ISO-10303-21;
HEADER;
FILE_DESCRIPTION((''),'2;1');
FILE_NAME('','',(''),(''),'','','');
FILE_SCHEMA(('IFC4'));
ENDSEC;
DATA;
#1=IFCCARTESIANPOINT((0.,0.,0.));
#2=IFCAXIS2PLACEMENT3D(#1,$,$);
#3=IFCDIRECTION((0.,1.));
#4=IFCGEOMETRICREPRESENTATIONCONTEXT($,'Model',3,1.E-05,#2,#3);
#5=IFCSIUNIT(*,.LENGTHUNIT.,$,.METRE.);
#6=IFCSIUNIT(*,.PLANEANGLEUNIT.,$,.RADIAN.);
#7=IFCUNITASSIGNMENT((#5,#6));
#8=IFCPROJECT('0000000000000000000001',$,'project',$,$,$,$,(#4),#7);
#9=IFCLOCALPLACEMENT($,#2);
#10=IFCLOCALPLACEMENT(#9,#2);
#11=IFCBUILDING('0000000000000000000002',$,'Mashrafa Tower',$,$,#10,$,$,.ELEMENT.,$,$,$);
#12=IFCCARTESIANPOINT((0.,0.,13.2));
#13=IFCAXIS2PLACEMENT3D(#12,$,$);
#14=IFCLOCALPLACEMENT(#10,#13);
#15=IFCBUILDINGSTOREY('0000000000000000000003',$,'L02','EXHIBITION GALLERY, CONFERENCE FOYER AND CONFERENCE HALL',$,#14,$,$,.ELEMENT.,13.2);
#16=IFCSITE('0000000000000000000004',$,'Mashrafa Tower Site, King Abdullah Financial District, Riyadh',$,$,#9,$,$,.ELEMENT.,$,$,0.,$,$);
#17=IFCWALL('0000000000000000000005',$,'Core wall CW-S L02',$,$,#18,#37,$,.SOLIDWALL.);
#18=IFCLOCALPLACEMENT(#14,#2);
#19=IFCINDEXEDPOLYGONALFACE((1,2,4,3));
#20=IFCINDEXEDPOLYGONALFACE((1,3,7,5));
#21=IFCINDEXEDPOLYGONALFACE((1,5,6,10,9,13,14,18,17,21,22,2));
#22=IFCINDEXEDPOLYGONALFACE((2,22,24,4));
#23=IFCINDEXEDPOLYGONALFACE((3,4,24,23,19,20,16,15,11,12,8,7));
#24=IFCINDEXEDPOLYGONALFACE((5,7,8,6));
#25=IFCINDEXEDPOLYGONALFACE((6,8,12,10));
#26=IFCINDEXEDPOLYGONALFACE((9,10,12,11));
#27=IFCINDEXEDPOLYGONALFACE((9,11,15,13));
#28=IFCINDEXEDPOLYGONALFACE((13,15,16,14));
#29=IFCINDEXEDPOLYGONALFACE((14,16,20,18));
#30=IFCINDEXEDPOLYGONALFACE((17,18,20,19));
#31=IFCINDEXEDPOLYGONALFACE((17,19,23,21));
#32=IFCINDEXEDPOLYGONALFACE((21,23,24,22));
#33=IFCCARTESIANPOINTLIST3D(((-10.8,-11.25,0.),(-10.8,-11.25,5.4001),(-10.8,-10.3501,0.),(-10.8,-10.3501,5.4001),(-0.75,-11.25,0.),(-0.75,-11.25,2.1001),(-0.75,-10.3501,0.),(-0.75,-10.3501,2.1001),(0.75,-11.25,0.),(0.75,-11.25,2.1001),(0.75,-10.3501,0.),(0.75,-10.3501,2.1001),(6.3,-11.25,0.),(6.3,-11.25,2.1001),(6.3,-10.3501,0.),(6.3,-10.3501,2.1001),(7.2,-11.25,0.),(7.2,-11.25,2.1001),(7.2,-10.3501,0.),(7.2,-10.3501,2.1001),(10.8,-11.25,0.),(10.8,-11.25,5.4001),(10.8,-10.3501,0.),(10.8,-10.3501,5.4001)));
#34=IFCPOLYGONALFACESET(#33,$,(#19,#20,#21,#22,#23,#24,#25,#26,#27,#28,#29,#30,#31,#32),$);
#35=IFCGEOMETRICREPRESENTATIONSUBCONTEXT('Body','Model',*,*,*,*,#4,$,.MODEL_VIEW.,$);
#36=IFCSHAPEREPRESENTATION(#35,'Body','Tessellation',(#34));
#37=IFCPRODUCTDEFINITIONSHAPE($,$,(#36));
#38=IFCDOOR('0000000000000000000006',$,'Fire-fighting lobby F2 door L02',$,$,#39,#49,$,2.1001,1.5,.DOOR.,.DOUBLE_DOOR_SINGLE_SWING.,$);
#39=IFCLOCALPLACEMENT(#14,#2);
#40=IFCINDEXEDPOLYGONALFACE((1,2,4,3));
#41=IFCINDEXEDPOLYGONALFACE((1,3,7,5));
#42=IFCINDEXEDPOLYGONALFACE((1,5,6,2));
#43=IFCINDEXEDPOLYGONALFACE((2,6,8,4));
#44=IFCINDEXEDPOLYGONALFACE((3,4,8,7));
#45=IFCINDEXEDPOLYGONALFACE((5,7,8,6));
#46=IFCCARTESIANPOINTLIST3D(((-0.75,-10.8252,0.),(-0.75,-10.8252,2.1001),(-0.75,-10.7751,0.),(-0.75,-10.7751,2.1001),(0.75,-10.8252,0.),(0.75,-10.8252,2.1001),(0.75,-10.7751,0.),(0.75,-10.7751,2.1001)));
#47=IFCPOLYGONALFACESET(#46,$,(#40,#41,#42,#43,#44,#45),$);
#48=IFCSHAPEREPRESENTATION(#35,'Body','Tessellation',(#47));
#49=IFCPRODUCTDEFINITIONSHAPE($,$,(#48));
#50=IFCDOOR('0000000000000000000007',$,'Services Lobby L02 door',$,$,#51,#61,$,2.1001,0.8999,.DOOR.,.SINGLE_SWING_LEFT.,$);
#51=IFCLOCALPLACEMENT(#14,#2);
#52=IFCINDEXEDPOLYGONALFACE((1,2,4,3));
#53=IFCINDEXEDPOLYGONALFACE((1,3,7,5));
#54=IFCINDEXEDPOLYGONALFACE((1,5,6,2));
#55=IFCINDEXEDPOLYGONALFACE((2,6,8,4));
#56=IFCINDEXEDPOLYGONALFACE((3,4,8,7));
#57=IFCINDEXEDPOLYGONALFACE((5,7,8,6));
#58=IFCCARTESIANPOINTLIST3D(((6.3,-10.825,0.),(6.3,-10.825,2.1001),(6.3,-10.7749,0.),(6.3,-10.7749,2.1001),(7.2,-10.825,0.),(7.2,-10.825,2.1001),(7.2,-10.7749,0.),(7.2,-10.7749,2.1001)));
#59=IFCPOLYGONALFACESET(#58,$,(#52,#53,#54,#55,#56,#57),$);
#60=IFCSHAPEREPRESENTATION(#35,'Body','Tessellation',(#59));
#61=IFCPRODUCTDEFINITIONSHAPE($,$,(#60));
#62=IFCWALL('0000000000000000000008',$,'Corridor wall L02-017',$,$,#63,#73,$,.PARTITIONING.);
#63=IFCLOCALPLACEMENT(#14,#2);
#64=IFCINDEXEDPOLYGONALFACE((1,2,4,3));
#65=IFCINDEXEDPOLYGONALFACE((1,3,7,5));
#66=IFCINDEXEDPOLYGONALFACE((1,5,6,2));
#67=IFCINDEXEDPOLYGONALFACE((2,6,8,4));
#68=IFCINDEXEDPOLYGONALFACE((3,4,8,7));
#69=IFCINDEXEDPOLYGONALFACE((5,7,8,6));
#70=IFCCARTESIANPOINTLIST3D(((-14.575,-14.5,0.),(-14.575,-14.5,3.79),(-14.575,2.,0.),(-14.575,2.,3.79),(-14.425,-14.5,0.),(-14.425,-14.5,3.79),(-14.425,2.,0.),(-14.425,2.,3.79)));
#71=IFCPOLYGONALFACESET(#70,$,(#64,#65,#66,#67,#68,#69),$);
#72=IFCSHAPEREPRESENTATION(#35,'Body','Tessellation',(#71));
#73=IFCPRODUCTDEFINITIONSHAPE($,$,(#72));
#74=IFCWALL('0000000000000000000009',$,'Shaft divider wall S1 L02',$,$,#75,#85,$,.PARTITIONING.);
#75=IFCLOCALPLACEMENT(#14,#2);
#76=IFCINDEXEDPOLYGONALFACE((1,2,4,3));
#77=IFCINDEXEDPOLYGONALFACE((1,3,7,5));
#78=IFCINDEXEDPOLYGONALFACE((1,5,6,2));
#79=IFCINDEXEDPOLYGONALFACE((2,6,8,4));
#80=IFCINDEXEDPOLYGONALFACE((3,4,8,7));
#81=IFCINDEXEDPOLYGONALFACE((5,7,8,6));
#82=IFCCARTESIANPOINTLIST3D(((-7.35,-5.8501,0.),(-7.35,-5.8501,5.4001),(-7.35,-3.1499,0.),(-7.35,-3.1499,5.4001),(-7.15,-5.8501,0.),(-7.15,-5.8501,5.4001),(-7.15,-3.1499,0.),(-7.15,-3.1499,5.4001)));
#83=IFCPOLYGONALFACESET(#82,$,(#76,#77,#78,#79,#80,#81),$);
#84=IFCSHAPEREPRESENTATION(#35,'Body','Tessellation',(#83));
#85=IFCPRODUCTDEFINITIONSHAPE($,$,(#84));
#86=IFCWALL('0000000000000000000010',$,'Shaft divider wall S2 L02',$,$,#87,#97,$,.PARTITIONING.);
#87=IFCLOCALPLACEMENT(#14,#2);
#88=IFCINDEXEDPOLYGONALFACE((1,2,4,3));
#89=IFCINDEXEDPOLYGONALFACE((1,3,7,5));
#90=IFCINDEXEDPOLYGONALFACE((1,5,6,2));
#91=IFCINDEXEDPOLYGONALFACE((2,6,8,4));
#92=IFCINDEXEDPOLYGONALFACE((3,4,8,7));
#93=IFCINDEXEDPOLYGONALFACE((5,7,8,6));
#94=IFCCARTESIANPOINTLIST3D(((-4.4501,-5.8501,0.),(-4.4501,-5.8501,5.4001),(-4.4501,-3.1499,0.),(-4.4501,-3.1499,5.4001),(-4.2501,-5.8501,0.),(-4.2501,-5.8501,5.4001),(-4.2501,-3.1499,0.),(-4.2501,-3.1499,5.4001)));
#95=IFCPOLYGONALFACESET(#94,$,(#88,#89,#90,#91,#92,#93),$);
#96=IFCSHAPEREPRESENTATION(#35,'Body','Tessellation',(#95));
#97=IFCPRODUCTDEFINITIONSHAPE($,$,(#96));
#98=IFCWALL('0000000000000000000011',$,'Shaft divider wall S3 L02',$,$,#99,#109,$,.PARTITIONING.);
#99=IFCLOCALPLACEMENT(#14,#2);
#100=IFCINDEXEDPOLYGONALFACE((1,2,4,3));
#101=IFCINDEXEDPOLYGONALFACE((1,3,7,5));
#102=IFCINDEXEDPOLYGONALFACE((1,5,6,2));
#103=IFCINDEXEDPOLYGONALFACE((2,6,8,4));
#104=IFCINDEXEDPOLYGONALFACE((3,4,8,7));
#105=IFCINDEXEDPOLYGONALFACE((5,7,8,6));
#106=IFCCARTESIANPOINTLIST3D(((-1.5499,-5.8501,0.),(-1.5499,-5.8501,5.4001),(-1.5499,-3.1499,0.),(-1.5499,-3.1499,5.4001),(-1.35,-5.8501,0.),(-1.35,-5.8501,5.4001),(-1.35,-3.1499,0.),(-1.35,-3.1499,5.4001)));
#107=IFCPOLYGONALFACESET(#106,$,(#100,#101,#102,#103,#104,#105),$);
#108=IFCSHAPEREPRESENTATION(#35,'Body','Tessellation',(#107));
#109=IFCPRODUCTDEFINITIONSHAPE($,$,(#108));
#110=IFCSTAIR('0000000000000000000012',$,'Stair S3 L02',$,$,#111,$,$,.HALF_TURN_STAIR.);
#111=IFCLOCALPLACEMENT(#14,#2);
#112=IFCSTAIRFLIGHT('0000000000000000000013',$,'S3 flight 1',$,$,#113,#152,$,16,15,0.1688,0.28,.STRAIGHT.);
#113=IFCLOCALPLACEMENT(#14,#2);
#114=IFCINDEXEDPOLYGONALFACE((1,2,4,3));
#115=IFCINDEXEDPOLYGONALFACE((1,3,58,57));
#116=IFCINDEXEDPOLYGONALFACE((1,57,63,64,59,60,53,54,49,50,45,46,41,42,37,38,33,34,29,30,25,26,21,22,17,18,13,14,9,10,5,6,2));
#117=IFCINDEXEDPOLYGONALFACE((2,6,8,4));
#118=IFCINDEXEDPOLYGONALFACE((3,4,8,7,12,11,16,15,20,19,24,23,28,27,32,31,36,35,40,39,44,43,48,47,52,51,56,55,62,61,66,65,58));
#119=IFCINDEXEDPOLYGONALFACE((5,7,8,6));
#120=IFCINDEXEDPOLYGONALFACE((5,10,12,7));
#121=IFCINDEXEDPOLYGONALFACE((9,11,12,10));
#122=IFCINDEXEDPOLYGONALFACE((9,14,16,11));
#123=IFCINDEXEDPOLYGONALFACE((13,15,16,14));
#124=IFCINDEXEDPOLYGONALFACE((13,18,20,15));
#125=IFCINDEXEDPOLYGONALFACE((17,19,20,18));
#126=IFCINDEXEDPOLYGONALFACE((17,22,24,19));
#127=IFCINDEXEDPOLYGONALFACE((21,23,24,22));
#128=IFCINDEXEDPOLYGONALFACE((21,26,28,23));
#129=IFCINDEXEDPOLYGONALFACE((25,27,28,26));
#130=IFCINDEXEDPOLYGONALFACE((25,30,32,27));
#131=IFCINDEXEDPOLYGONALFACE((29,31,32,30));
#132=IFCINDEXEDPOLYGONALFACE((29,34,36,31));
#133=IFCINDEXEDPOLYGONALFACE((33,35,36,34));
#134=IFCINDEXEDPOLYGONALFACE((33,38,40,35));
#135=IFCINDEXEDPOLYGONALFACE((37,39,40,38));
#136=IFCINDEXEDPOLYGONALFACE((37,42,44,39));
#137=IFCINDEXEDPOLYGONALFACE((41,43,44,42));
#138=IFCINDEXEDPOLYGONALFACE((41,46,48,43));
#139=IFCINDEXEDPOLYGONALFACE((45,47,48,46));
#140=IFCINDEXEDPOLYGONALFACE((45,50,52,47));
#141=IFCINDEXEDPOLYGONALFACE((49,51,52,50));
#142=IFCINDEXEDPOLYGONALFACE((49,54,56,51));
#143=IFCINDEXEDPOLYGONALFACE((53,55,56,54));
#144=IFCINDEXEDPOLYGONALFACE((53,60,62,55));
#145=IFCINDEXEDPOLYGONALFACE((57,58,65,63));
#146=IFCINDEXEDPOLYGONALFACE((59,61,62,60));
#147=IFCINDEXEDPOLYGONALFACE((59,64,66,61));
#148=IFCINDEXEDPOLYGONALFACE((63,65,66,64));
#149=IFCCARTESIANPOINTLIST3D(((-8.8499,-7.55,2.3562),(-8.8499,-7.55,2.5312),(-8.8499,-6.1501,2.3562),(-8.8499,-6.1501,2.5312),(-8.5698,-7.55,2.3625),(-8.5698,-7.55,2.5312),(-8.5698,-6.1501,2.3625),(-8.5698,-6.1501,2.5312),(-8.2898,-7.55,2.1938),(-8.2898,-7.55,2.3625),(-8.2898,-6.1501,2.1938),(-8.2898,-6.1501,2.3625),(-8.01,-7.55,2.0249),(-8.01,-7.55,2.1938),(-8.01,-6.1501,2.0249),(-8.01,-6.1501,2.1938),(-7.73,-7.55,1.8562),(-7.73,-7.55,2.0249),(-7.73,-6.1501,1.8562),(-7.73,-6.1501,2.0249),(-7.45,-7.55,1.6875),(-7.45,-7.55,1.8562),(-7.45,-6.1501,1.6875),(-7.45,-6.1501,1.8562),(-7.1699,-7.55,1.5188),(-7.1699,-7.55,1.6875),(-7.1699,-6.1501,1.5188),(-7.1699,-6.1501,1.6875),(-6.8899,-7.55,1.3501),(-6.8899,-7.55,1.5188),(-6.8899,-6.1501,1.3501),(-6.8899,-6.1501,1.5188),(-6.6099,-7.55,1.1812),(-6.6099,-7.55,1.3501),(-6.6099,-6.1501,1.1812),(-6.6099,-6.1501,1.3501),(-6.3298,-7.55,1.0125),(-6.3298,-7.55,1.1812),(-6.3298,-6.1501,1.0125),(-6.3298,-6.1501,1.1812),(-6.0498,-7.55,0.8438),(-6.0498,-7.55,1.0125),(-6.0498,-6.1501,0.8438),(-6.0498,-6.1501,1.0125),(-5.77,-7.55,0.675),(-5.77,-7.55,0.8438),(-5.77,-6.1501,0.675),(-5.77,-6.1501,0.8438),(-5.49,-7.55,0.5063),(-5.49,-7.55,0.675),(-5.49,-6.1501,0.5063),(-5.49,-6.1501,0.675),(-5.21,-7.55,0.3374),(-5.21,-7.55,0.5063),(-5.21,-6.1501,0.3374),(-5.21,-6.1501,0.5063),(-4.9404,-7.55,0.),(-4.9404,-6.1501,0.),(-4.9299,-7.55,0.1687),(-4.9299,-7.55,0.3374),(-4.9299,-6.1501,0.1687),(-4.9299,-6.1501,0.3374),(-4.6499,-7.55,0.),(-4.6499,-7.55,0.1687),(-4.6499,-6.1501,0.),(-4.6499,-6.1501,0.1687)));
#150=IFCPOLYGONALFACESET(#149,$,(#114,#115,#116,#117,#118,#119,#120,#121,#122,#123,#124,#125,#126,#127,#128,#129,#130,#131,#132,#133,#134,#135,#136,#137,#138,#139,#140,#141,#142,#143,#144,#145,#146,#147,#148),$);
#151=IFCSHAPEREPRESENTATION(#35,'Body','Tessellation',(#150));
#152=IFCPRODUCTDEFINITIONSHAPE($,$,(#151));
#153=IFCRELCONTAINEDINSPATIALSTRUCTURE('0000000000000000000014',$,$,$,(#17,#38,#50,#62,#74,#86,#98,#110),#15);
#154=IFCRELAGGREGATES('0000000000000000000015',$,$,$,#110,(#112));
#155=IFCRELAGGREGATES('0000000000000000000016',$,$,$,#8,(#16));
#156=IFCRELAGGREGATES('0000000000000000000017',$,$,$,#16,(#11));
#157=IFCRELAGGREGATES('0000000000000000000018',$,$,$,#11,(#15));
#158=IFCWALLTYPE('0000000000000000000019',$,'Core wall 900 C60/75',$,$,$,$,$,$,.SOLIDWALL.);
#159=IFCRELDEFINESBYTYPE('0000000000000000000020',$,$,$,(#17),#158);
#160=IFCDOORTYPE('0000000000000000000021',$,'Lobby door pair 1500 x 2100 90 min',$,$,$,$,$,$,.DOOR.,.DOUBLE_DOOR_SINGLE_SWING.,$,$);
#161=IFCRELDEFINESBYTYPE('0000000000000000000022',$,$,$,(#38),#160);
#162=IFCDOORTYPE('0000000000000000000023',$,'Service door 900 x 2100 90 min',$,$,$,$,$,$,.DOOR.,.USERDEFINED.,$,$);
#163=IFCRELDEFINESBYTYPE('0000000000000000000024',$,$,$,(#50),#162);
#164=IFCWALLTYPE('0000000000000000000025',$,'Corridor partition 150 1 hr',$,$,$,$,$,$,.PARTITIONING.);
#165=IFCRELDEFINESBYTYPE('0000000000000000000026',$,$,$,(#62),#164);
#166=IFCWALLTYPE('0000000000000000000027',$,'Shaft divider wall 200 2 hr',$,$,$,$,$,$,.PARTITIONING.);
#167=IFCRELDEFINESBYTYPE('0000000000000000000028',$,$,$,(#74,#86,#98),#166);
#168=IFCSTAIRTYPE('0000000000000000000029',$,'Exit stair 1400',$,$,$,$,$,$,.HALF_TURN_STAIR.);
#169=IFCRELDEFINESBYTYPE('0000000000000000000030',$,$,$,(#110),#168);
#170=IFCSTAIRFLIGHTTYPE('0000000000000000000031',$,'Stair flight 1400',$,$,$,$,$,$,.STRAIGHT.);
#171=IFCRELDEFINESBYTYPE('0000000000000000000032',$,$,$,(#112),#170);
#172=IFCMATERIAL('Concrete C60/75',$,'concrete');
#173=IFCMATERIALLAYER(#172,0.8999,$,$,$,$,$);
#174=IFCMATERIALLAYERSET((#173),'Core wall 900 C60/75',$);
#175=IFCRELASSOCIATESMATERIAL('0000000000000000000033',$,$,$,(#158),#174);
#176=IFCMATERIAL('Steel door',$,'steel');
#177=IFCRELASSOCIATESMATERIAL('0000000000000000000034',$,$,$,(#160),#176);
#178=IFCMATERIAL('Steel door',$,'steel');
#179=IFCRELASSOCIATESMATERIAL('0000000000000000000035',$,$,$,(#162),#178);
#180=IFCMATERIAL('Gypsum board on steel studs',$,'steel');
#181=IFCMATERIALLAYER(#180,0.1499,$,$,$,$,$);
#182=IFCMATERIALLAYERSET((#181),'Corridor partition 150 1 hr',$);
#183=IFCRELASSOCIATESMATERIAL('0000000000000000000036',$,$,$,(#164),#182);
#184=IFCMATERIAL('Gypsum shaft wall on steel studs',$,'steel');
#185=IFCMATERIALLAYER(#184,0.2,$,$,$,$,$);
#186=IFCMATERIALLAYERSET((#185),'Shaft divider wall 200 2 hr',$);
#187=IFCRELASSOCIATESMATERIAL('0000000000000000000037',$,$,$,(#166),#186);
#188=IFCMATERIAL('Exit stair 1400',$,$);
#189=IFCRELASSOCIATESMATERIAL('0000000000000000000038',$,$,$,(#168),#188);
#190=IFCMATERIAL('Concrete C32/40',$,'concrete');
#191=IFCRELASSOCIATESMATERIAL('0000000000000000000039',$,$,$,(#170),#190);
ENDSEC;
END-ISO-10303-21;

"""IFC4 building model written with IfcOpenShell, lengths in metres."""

from ifc_helpers import new_model, si_unit, direction, frame, frame_2d, origin, place, context, subcontext, project, spatial, polyline, rectangle, outline, extrude, material, layer, layer_set, type_object, element, fill, aggregate, save


model = new_model("IFC4")

# Units and contexts
model_context = context("Model", 3, precision=1e-05, world=origin(), true_north=direction((0.0, 1.0)))
body_context = subcontext(model_context, "Body", "Model", "MODEL_VIEW")
ifc_project = project(units=[si_unit("LENGTHUNIT", "METRE"), si_unit("PLANEANGLEUNIT", "RADIAN")], contexts=[model_context])

# Site, building, storey
site_placement = place(None, origin())
site = spatial("IfcSite", under=ifc_project, at=site_placement, Name="Mashrafa Tower Site, King Abdullah Financial District, Riyadh", CompositionType="ELEMENT", RefElevation=0.0)
building_placement = place(site_placement, origin())
building = spatial("IfcBuilding", under=site, at=building_placement, Name="Mashrafa Tower", CompositionType="ELEMENT")
storey_placement = place(building_placement, frame((0.0, 0.0, 13.2)))
storey = spatial("IfcBuildingStorey", under=building, at=storey_placement, Name="L02", Description="EXHIBITION GALLERY, CONFERENCE FOYER AND CONFERENCE HALL", CompositionType="ELEMENT", Elevation=13.2)

# Wall, openings, doors
ifc_material_1 = material(Name="Concrete C60/75", Category="concrete")
ifc_layer_1 = layer(ifc_material_1, 0.8999)
ifc_layer_set_1 = layer_set([ifc_layer_1], Name="Core wall 900 C60/75")
wall_type_1 = type_object("IfcWallType", Name="Core wall 900 C60/75", PredefinedType="SOLIDWALL", material=ifc_layer_set_1)
wall_1_placement = place(storey_placement, frame((-10.8, -10.8, 0.0), z_axis=(0.0, 0.0, 1.0), x_axis=(1.0, 0.0, 0.0)))
wall_1 = element("IfcWall", 1, at=wall_1_placement, inside=storey, type_object=wall_type_1, Name="Core wall CW-S L02", PredefinedType="SOLIDWALL", context=body_context, shape_type="SweptSolid", body=[
    extrude(rectangle(XDim=21.6001, YDim=0.8999, at=frame_2d((10.8, 0.0))), origin(), (0.0, 0.0, 1.0), 5.4001),
])
opening_1_placement = place(wall_1_placement, frame((10.05, 0.0, 0.0)))
opening_1 = element("IfcOpeningElement", 2, at=opening_1_placement, cuts=wall_1, PredefinedType="OPENING", context=body_context, shape_type="SweptSolid", body=[
    extrude(rectangle(XDim=1.5, YDim=2.1001, at=frame_2d((0.75, 1.05))), frame((0.0, 0.46, 0.0), z_axis=(0.0, -1.0, 0.0), x_axis=(1.0, 0.0, 0.0)), (0.0, 0.0, 1.0), 0.9199),
])
opening_2_placement = place(wall_1_placement, frame((17.1001, 0.0, 0.0)))
opening_2 = element("IfcOpeningElement", 3, at=opening_2_placement, cuts=wall_1, PredefinedType="OPENING", context=body_context, shape_type="SweptSolid", body=[
    extrude(rectangle(XDim=0.8999, YDim=2.1001, at=frame_2d((0.45, 1.05))), frame((0.0, 0.46, 0.0), z_axis=(0.0, -1.0, 0.0), x_axis=(1.0, 0.0, 0.0)), (0.0, 0.0, 1.0), 0.9199),
])
ifc_material_2 = material(Name="Steel door", Category="steel")
door_type_1 = type_object("IfcDoorType", Name="Lobby door pair 1500 x 2100 90 min", OperationType="DOUBLE_DOOR_SINGLE_SWING", PredefinedType="DOOR", material=ifc_material_2)
door_1_placement = place(opening_1_placement, origin())
door_1 = element("IfcDoor", 4, at=door_1_placement, inside=storey, type_object=door_type_1, Name="Fire-fighting lobby F2 door L02", OperationType="DOUBLE_DOOR_SINGLE_SWING", OverallHeight=2.1001, OverallWidth=1.5, PredefinedType="DOOR", context=body_context, shape_type="SweptSolid", body=[
    extrude(rectangle(XDim=1.5, YDim=2.1001, at=frame_2d((0.75, 1.05))), frame((0.0, 0.0249, 0.0), z_axis=(0.0, -1.0, 0.0), x_axis=(1.0, 0.0, 0.0)), (0.0, 0.0, 1.0), 0.05),
])
fill(opening_1, door_1)
ifc_material_3 = material(Name="Steel door", Category="steel")
door_type_2 = type_object("IfcDoorType", Name="Service door 900 x 2100 90 min", OperationType="USERDEFINED", PredefinedType="DOOR", material=ifc_material_3)
door_2_placement = place(opening_2_placement, frame((0.8999, 0.0, 0.0), z_axis=(0.0, 0.0, 1.0), x_axis=(-1.0, 0.0, 0.0)))
door_2 = element("IfcDoor", 5, at=door_2_placement, inside=storey, type_object=door_type_2, Name="Services Lobby L02 door", OperationType="SINGLE_SWING_LEFT", OverallHeight=2.1001, OverallWidth=0.8999, PredefinedType="DOOR", context=body_context, shape_type="SweptSolid", body=[
    extrude(rectangle(XDim=0.8999, YDim=2.1001, at=frame_2d((0.45, 1.05))), frame((0.0, 0.0249, 0.0), z_axis=(0.0, -1.0, 0.0), x_axis=(1.0, 0.0, 0.0)), (0.0, 0.0, 1.0), 0.05),
])
fill(opening_2, door_2)

# Walls
ifc_material_4 = material(Name="Gypsum board on steel studs", Category="steel")
ifc_layer_2 = layer(ifc_material_4, 0.1499)
ifc_layer_set_2 = layer_set([ifc_layer_2], Name="Corridor partition 150 1 hr")
wall_type_2 = type_object("IfcWallType", Name="Corridor partition 150 1 hr", PredefinedType="PARTITIONING", material=ifc_layer_set_2)
wall_2_placement = place(storey_placement, frame((-14.5, -14.5, 0.0), z_axis=(0.0, 0.0, 1.0), x_axis=(0.0, 1.0, 0.0)))
element("IfcWall", 6, at=wall_2_placement, inside=storey, type_object=wall_type_2, Name="Corridor wall L02-017", PredefinedType="PARTITIONING", context=body_context, shape_type="SweptSolid", body=[
    extrude(rectangle(XDim=16.5, YDim=0.1499, at=frame_2d((8.25, 0.0))), origin(), (0.0, 0.0, 1.0), 3.79),
])
ifc_material_5 = material(Name="Gypsum shaft wall on steel studs", Category="steel")
ifc_layer_3 = layer(ifc_material_5, 0.2)
ifc_layer_set_3 = layer_set([ifc_layer_3], Name="Shaft divider wall 200 2 hr")
wall_type_3 = type_object("IfcWallType", Name="Shaft divider wall 200 2 hr", PredefinedType="PARTITIONING", material=ifc_layer_set_3)
for number, where, z_axis, x_axis, name in (
    (7, (-7.25, -5.8501, 0.0), (0.0, 0.0, 1.0), (0.0, 1.0, 0.0), "Shaft divider wall S1 L02"),
    (8, (-4.3501, -5.8501, 0.0), (0.0, 0.0, 1.0), (0.0, 1.0, 0.0), "Shaft divider wall S2 L02"),
    (9, (-1.45, -5.8501, 0.0), (0.0, 0.0, 1.0), (0.0, 1.0, 0.0), "Shaft divider wall S3 L02"),
):
    element("IfcWall", number, at=place(storey_placement, frame(where, z_axis=z_axis, x_axis=x_axis)), inside=storey, type_object=wall_type_3, Name=name, PredefinedType="PARTITIONING", context=body_context, shape_type="SweptSolid", body=[
        extrude(rectangle(XDim=2.7002, YDim=0.2, at=frame_2d((1.3501, 0.0))), origin(), (0.0, 0.0, 1.0), 5.4001),
    ])

# Stair, stair flight
ifc_material_6 = material(Name="Exit stair 1400")
stair_type = type_object("IfcStairType", Name="Exit stair 1400", PredefinedType="HALF_TURN_STAIR", material=ifc_material_6)
stair_placement = place(storey_placement, origin())
stair = element("IfcStair", 10, at=stair_placement, inside=storey, type_object=stair_type, Name="Stair S3 L02", PredefinedType="HALF_TURN_STAIR")
ifc_material_7 = material(Name="Concrete C32/40", Category="concrete")
stair_flight_type = type_object("IfcStairFlightType", Name="Stair flight 1400", PredefinedType="STRAIGHT", material=ifc_material_7)
stair_flight_1_placement = place(storey_placement, frame((-4.6499, -6.8501, 0.0), z_axis=(0.0, 0.0, 1.0), x_axis=(-1.0, 0.0, 0.0)))
stair_flight_1 = element("IfcStairFlight", 11, at=stair_flight_1_placement, type_object=stair_flight_type, Name="S3 flight 1", NumberOfRisers=16, NumberOfTreads=15, PredefinedType="STRAIGHT", RiserHeight=0.1688, TreadLength=0.28, context=body_context, shape_type="SweptSolid", body=[
    extrude(outline(polyline([(0.0, 0.0), (0.0, 0.1687), (0.28, 0.1687), (0.28, 0.3374), (0.5601, 0.3374), (0.5601, 0.5063), (0.8401, 0.5063), (0.8401, 0.675), (1.1201, 0.675), (1.1201, 0.8438), (1.3999, 0.8438), (1.3999, 1.0125), (1.6799, 1.0125), (1.6799, 1.1812), (1.96, 1.1812), (1.96, 1.3501), (2.24, 1.3501), (2.24, 1.5188), (2.52, 1.5188), (2.52, 1.6875), (2.8, 1.6875), (2.8, 1.8562), (3.0801, 1.8562), (3.0801, 2.0249), (3.3601, 2.0249), (3.3601, 2.1938), (3.6399, 2.1938), (3.6399, 2.3625), (3.9199, 2.3625), (3.9199, 2.5312), (4.2, 2.5312), (4.2, 2.7), (4.2, 2.3562), (0.2905, 0.0), (0.0, 0.0)])), frame((0.0, 0.7, 0.0), z_axis=(0.0, -1.0, 0.0), x_axis=(1.0, 0.0, 0.0)), (0.0, 0.0, 1.0), 1.3999),
])
aggregate(stair, [stair_flight_1])

save(model, "model.ifc")
